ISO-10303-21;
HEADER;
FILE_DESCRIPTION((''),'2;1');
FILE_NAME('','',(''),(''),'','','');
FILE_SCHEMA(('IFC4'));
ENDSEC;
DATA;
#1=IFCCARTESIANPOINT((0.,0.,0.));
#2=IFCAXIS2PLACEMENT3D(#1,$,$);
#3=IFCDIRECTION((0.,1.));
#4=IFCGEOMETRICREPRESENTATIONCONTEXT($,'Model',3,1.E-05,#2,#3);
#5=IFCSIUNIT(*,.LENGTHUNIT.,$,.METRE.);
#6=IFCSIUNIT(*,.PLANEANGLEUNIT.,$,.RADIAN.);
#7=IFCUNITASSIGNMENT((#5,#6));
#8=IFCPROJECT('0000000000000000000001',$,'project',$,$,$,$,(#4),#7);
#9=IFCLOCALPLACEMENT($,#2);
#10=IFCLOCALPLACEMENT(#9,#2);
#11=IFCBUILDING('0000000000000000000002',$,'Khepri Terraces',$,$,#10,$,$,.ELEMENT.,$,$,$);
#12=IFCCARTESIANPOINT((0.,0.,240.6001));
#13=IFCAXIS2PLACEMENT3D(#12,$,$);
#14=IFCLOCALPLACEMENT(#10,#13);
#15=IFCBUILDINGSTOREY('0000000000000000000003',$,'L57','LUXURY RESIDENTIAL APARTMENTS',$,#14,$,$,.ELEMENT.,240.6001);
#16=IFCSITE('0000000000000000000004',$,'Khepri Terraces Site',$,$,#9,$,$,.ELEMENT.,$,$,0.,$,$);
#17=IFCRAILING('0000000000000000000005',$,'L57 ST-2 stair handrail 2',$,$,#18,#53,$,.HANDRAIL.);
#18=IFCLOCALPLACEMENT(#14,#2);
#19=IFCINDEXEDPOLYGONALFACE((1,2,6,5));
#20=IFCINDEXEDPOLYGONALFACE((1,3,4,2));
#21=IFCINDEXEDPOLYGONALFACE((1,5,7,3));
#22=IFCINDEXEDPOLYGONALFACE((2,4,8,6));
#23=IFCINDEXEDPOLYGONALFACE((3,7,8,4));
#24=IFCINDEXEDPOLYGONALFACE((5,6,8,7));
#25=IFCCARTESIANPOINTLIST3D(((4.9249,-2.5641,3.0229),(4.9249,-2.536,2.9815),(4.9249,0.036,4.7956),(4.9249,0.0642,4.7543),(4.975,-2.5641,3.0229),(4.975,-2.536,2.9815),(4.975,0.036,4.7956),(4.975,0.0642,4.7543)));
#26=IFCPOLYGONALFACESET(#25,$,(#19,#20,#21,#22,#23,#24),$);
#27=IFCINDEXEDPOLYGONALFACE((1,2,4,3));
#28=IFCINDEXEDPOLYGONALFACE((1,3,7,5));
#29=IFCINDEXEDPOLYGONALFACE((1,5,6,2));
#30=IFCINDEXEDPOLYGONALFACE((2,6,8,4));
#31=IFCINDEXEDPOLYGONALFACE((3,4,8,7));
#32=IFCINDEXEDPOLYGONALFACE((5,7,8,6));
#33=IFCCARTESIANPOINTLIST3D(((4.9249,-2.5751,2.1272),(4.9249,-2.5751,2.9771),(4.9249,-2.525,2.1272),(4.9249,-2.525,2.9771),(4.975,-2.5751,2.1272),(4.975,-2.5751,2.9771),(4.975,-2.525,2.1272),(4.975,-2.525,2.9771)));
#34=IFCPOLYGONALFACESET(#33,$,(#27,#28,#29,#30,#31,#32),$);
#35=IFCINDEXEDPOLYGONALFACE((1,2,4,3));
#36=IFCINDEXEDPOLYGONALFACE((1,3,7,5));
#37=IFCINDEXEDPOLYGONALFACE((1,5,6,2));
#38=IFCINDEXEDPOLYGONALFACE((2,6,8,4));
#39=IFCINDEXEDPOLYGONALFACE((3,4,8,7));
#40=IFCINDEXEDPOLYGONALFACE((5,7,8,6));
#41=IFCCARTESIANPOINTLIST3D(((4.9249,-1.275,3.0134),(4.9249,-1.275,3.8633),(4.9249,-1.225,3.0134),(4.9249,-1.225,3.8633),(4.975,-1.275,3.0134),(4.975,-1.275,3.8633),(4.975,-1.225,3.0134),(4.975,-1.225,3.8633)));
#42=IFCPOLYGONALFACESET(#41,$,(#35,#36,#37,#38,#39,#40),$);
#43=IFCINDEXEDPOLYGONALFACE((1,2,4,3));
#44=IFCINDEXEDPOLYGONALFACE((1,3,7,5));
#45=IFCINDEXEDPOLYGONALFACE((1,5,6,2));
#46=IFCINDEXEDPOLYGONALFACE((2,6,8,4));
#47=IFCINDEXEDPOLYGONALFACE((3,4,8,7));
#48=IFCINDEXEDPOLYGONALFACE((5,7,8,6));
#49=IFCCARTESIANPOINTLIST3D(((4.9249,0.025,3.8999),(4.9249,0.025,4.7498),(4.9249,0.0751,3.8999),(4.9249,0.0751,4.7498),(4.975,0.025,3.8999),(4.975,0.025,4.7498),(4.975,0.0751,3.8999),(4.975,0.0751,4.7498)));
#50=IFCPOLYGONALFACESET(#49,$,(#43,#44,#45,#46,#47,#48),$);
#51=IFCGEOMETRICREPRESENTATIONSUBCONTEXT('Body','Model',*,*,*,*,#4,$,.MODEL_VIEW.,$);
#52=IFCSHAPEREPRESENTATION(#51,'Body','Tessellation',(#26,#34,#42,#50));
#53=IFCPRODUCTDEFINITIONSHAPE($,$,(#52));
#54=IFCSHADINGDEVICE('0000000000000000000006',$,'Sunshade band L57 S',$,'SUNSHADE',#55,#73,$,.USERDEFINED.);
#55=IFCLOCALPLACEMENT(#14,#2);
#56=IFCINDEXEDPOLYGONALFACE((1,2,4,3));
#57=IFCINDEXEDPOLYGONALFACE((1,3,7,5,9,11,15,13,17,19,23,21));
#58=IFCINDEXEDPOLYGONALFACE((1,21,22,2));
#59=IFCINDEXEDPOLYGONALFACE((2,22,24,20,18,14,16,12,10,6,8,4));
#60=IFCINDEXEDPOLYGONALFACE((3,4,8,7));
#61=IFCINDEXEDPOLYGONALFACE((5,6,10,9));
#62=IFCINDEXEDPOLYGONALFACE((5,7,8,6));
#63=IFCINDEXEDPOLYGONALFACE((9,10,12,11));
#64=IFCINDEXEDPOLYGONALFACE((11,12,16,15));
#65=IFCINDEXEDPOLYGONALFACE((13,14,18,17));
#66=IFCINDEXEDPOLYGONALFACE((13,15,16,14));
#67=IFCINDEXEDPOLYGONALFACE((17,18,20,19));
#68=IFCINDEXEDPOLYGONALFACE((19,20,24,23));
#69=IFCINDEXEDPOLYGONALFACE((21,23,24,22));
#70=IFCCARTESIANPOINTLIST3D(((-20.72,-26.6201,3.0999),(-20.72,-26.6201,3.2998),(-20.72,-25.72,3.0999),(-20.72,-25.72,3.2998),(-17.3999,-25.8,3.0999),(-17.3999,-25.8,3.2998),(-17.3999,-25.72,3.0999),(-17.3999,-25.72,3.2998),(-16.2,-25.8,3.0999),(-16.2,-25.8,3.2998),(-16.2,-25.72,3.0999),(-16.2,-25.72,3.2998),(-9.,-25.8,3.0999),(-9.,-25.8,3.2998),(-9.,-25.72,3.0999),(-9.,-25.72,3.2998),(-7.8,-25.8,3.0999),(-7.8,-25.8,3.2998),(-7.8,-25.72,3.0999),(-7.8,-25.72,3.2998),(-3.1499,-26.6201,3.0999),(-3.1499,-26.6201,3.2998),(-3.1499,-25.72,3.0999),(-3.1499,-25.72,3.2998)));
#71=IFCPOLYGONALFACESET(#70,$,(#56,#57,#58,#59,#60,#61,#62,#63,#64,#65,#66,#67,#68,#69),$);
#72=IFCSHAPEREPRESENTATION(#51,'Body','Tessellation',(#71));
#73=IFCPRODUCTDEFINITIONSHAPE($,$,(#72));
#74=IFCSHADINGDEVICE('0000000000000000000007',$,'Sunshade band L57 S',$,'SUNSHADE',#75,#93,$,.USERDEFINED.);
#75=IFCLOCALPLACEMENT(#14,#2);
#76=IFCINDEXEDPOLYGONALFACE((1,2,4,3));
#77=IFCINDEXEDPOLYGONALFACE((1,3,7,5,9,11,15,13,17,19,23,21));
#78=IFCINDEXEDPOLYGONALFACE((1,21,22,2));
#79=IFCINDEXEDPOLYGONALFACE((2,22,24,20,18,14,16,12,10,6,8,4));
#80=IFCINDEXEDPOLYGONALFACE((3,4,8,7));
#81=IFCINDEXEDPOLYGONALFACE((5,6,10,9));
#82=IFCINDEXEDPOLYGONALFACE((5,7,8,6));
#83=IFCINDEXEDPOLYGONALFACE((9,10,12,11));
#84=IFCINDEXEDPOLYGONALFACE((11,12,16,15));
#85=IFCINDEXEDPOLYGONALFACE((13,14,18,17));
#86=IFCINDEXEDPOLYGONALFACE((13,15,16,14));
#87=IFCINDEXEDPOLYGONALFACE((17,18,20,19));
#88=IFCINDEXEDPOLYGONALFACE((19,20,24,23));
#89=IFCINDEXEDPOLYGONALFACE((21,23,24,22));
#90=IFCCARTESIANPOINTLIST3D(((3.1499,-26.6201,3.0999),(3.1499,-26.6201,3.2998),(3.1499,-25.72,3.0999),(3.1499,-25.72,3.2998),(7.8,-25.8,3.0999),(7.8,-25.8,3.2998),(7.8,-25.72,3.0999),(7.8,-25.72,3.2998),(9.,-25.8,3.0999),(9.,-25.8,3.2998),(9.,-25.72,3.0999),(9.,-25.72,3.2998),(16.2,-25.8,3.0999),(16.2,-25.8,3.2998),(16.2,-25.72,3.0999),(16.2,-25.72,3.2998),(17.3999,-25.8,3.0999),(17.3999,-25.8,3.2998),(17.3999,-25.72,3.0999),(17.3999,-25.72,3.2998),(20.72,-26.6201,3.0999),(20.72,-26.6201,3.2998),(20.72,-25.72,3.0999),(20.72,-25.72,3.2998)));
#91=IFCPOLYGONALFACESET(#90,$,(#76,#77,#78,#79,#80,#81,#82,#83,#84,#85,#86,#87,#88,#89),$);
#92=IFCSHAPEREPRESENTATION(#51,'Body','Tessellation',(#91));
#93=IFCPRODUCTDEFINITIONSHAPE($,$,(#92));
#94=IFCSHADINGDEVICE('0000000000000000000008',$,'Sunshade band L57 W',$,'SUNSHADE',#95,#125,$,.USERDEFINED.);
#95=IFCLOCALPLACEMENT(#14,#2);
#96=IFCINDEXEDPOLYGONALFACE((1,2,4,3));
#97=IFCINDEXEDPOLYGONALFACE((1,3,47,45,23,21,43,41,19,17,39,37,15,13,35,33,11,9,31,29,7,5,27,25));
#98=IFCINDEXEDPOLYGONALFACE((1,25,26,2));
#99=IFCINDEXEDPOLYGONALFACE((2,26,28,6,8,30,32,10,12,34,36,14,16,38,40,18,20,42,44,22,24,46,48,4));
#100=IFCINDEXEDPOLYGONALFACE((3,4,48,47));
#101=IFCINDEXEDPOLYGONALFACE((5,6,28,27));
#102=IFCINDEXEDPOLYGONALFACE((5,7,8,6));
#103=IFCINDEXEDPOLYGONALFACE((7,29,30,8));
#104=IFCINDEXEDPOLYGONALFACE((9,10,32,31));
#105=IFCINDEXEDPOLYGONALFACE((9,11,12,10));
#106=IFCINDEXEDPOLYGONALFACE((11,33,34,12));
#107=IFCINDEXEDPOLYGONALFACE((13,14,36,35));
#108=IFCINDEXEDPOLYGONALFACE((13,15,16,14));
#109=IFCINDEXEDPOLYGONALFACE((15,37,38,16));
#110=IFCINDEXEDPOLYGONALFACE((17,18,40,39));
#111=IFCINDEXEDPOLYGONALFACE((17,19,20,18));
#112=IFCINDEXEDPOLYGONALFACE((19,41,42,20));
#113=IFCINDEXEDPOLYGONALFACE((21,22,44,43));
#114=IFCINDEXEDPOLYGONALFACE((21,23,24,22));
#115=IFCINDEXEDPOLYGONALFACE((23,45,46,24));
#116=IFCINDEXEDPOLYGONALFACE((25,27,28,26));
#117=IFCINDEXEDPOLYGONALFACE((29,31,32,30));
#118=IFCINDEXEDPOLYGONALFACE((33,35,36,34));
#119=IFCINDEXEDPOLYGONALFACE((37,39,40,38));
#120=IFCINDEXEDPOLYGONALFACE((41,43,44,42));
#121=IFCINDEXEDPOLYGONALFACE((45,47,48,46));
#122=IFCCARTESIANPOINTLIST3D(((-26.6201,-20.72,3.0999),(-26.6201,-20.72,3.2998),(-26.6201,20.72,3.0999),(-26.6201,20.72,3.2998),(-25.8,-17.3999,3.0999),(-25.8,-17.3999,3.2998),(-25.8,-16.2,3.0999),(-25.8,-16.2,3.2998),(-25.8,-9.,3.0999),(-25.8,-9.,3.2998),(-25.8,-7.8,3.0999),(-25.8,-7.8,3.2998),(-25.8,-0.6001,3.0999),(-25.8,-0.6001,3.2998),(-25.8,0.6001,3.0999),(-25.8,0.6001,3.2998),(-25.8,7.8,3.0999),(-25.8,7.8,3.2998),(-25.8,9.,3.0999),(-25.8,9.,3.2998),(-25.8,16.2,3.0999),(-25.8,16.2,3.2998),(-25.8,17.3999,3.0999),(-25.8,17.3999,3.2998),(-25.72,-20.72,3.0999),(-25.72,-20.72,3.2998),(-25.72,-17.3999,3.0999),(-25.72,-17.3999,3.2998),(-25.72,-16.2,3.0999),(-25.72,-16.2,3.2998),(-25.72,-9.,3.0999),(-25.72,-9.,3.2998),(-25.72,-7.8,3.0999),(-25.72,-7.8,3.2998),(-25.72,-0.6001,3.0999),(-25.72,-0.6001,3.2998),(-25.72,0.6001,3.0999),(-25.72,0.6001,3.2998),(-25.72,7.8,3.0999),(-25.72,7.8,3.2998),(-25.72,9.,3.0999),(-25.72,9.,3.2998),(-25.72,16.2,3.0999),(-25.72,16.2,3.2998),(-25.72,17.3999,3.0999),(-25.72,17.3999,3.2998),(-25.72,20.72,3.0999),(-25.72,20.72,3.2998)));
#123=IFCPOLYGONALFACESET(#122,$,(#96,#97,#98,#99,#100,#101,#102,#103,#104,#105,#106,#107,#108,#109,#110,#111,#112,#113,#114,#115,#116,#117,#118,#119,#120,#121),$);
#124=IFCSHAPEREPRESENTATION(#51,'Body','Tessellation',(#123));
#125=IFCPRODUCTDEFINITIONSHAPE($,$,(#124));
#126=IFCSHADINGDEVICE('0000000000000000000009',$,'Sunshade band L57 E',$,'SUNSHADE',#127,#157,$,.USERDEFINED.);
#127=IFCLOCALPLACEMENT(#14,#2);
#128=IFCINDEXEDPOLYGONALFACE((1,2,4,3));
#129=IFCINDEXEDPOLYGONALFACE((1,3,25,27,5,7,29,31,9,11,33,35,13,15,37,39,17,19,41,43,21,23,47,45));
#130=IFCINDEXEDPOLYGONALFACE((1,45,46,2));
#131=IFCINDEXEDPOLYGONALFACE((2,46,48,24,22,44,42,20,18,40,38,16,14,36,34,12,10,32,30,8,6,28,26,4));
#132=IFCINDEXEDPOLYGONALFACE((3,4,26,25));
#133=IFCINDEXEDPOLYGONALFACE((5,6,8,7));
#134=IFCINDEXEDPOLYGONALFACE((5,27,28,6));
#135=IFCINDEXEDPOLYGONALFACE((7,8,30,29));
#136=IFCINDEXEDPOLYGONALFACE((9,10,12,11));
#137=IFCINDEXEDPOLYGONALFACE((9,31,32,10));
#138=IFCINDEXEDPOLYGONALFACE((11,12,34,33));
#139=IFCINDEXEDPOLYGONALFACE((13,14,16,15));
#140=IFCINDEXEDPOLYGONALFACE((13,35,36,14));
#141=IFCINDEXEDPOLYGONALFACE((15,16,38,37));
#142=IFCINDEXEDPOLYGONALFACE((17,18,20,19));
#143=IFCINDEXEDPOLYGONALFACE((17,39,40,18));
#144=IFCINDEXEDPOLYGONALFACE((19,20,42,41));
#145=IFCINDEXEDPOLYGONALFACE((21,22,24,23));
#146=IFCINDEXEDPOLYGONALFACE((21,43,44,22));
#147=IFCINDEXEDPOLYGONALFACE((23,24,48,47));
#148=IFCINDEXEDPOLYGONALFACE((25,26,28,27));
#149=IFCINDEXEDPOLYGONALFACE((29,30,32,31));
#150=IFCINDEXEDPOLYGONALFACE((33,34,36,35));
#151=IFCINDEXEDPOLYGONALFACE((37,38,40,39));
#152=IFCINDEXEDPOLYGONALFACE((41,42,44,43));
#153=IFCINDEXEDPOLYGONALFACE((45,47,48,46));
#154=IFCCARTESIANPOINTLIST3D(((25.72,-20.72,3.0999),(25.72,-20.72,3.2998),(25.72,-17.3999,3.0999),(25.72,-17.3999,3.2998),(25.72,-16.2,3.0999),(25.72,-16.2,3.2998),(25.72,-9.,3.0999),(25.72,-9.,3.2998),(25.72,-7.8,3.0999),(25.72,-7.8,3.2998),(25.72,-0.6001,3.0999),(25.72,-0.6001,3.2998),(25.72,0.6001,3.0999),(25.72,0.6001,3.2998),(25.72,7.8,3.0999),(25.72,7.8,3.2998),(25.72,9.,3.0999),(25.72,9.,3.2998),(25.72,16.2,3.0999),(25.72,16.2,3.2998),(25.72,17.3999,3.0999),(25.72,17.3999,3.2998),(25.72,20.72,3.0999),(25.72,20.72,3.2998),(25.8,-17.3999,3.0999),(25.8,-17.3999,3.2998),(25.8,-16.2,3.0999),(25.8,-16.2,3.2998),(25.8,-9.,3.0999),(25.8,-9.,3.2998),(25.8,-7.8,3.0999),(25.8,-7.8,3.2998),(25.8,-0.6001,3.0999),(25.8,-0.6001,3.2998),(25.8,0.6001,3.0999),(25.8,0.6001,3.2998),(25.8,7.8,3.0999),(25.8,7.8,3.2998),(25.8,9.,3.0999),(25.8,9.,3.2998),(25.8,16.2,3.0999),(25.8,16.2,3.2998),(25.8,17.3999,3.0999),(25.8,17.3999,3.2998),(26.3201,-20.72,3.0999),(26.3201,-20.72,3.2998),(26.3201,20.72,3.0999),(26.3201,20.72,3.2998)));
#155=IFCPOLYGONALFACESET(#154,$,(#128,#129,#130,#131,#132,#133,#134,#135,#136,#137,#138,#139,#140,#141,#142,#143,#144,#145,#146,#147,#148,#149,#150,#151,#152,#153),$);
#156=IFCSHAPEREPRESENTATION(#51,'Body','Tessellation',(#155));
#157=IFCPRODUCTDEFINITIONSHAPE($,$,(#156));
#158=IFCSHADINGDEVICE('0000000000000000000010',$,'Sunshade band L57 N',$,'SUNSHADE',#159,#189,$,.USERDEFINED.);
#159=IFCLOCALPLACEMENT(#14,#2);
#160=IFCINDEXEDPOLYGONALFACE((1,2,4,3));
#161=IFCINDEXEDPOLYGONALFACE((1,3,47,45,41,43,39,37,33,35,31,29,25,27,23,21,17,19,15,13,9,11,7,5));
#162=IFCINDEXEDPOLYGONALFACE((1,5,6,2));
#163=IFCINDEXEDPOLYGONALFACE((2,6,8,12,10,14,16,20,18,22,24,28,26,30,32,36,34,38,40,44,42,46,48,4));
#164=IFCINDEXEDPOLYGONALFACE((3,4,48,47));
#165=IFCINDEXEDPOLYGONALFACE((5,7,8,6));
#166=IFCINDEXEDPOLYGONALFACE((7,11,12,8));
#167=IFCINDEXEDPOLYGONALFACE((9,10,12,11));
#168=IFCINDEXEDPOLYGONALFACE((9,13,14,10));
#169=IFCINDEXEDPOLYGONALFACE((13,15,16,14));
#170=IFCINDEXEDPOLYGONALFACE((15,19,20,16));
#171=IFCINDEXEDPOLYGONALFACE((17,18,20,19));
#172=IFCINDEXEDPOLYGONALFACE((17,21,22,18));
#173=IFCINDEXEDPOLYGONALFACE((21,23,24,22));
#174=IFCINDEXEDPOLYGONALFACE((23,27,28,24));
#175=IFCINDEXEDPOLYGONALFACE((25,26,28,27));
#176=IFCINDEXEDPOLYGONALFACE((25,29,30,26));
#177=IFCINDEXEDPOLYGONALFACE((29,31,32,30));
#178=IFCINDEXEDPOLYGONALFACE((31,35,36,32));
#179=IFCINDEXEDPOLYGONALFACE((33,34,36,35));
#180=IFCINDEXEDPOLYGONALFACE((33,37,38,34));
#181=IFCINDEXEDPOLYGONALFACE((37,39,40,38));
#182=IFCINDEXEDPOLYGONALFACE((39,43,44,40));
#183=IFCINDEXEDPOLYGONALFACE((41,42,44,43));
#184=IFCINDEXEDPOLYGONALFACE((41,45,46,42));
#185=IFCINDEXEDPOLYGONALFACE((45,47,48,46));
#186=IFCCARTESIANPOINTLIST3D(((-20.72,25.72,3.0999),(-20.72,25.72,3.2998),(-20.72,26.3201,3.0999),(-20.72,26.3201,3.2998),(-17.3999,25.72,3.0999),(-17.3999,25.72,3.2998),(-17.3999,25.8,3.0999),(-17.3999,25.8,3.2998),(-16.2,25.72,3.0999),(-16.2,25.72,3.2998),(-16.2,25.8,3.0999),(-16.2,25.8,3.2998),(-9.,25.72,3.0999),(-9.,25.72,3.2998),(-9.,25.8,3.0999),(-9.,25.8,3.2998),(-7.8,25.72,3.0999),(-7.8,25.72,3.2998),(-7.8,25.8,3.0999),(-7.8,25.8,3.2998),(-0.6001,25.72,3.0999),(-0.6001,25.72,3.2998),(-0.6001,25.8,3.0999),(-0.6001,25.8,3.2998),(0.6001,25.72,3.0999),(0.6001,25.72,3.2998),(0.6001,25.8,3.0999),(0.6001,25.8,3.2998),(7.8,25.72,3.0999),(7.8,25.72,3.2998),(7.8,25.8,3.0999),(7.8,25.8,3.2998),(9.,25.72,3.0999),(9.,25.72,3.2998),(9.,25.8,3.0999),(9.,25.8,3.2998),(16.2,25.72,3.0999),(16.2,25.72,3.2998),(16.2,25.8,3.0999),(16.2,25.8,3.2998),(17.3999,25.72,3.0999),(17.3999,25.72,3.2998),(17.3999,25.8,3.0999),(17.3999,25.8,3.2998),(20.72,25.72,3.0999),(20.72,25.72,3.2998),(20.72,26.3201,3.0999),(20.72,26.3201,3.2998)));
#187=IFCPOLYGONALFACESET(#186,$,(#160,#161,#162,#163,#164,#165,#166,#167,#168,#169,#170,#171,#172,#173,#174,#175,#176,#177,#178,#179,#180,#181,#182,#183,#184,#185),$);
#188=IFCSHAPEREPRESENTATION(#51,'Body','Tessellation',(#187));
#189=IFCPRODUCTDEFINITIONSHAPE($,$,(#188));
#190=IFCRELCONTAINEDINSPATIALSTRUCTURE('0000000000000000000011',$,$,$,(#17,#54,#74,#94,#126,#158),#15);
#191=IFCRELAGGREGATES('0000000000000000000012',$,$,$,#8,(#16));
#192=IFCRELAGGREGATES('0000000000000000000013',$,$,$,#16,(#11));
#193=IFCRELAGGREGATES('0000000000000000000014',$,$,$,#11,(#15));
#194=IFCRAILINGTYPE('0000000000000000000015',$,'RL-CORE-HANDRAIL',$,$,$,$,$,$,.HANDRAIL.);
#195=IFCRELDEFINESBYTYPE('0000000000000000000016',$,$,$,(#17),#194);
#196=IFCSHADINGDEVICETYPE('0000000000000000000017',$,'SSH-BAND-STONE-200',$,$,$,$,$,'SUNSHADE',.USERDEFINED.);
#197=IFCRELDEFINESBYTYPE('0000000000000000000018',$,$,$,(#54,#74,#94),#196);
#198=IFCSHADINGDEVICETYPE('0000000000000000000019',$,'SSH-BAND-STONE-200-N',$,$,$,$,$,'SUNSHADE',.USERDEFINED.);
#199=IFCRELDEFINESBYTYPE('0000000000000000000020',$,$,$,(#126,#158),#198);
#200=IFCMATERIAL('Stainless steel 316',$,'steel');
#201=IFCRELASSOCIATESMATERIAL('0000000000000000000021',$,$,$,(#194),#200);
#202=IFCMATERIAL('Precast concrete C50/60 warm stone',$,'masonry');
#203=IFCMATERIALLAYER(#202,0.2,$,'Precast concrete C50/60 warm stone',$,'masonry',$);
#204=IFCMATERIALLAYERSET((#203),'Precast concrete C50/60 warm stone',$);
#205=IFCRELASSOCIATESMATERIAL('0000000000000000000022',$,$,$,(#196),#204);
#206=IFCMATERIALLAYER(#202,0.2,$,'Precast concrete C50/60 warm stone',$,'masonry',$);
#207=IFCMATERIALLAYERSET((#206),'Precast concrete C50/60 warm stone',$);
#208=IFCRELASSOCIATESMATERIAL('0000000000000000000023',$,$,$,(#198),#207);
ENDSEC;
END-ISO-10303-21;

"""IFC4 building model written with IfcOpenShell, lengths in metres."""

from ifc_helpers import new_model, si_unit, direction, frame, origin, origin_2d, place, context, subcontext, project, spatial, polyline, rectangle, outline, extrude, material, layer, layer_set, type_object, element, save


model = new_model("IFC4")

# Units and contexts
model_context = context("Model", 3, precision=1e-05, world=origin(), true_north=direction((0.0, 1.0)))
body_context = subcontext(model_context, "Body", "Model", "MODEL_VIEW")
ifc_project = project(units=[si_unit("LENGTHUNIT", "METRE"), si_unit("PLANEANGLEUNIT", "RADIAN")], contexts=[model_context])

# Site, building, storey
site_placement = place(None, origin())
site = spatial("IfcSite", under=ifc_project, at=site_placement, Name="Khepri Terraces Site", CompositionType="ELEMENT", RefElevation=0.0)
building_placement = place(site_placement, origin())
building = spatial("IfcBuilding", under=site, at=building_placement, Name="Khepri Terraces", CompositionType="ELEMENT")
storey_placement = place(building_placement, frame((0.0, 0.0, 240.6001)))
storey = spatial("IfcBuildingStorey", under=building, at=storey_placement, Name="L57", Description="LUXURY RESIDENTIAL APARTMENTS", CompositionType="ELEMENT", Elevation=240.6001)

# Shared definitions
ifc_material_1 = material(Name="Precast concrete C50/60 warm stone", Category="masonry")

# Railing
ifc_material_2 = material(Name="Stainless steel 316", Category="steel")
railing_type_1 = type_object("IfcRailingType", Name="RL-CORE-HANDRAIL", PredefinedType="HANDRAIL", material=ifc_material_2)
railing_1_placement = place(storey_placement, frame((4.95, -2.55, 2.1272)))
element("IfcRailing", 1, at=railing_1_placement, inside=storey, type_object=railing_type_1, Name="L57 ST-2 stair handrail 2", PredefinedType="HANDRAIL", context=body_context, shape_type="SweptSolid", body=[
    extrude(rectangle(XDim=0.05, YDim=0.05, at=origin_2d()), frame((0.0, 0.0, 0.875), z_axis=(0.0, 0.82624, 0.563318), x_axis=(-1.0, 0.0, 0.0)), (0.0, 0.0, 1.0), 3.147),
    extrude(rectangle(XDim=0.05, YDim=0.05, at=origin_2d()), origin(), (0.0, 0.0, 1.0), 0.8499),
    extrude(rectangle(XDim=0.05, YDim=0.05, at=origin_2d()), frame((0.0, 1.3, 0.8862)), (0.0, 0.0, 1.0), 0.8499),
    extrude(rectangle(XDim=0.05, YDim=0.05, at=origin_2d()), frame((0.0, 2.6001, 1.7727)), (0.0, 0.0, 1.0), 0.8499),
])

# Shading devices
ifc_layer_1 = layer(ifc_material_1, 0.2, Name="Precast concrete C50/60 warm stone", Category="masonry")
ifc_layer_set_1 = layer_set([ifc_layer_1], Name="Precast concrete C50/60 warm stone")
shading_device_type_1 = type_object("IfcShadingDeviceType", Name="SSH-BAND-STONE-200", ElementType="SUNSHADE", PredefinedType="USERDEFINED", material=ifc_layer_set_1)
shading_device_1_placement = place(storey_placement, frame((0.0, 0.0, 3.0999)))
element("IfcShadingDevice", 2, at=shading_device_1_placement, inside=storey, type_object=shading_device_type_1, Name="Sunshade band L57 S", ObjectType="SUNSHADE", PredefinedType="USERDEFINED", context=body_context, shape_type="SweptSolid", body=[
    extrude(outline(polyline([(-17.3999, -25.72), (-20.72, -25.72), (-20.72, -26.6201), (-3.1499, -26.6201), (-3.1499, -25.72), (-7.8, -25.72), (-7.8, -25.8), (-9.0, -25.8), (-9.0, -25.72), (-16.2, -25.72), (-16.2, -25.8), (-17.3999, -25.8), (-17.3999, -25.72)])), origin(), (0.0, 0.0, 1.0), 0.2),
])
shading_device_2_placement = place(storey_placement, frame((0.0, 0.0, 3.0999)))
element("IfcShadingDevice", 3, at=shading_device_2_placement, inside=storey, type_object=shading_device_type_1, Name="Sunshade band L57 S", ObjectType="SUNSHADE", PredefinedType="USERDEFINED", context=body_context, shape_type="SweptSolid", body=[
    extrude(outline(polyline([(7.8, -25.72), (3.1499, -25.72), (3.1499, -26.6201), (20.72, -26.6201), (20.72, -25.72), (17.3999, -25.72), (17.3999, -25.8), (16.2, -25.8), (16.2, -25.72), (9.0, -25.72), (9.0, -25.8), (7.8, -25.8), (7.8, -25.72)])), origin(), (0.0, 0.0, 1.0), 0.2),
])
shading_device_3_placement = place(storey_placement, frame((0.0, 0.0, 3.0999)))
element("IfcShadingDevice", 4, at=shading_device_3_placement, inside=storey, type_object=shading_device_type_1, Name="Sunshade band L57 W", ObjectType="SUNSHADE", PredefinedType="USERDEFINED", context=body_context, shape_type="SweptSolid", body=[
    extrude(outline(polyline([(-25.72, 17.3999), (-25.72, 20.72), (-26.6201, 20.72), (-26.6201, -20.72), (-25.72, -20.72), (-25.72, -17.3999), (-25.8, -17.3999), (-25.8, -16.2), (-25.72, -16.2), (-25.72, -9.0), (-25.8, -9.0), (-25.8, -7.8), (-25.72, -7.8), (-25.72, -0.6001), (-25.8, -0.6001), (-25.8, 0.6001), (-25.72, 0.6001), (-25.72, 7.8), (-25.8, 7.8), (-25.8, 9.0), (-25.72, 9.0), (-25.72, 16.2), (-25.8, 16.2), (-25.8, 17.3999), (-25.72, 17.3999)])), origin(), (0.0, 0.0, 1.0), 0.2),
])
ifc_layer_2 = layer(ifc_material_1, 0.2, Name="Precast concrete C50/60 warm stone", Category="masonry")
ifc_layer_set_2 = layer_set([ifc_layer_2], Name="Precast concrete C50/60 warm stone")
shading_device_type_2 = type_object("IfcShadingDeviceType", Name="SSH-BAND-STONE-200-N", ElementType="SUNSHADE", PredefinedType="USERDEFINED", material=ifc_layer_set_2)
shading_device_4_placement = place(storey_placement, frame((0.0, 0.0, 3.0999)))
element("IfcShadingDevice", 5, at=shading_device_4_placement, inside=storey, type_object=shading_device_type_2, Name="Sunshade band L57 E", ObjectType="SUNSHADE", PredefinedType="USERDEFINED", context=body_context, shape_type="SweptSolid", body=[
    extrude(outline(polyline([(25.72, -17.3999), (25.72, -20.72), (26.3201, -20.72), (26.3201, 20.72), (25.72, 20.72), (25.72, 17.3999), (25.8, 17.3999), (25.8, 16.2), (25.72, 16.2), (25.72, 9.0), (25.8, 9.0), (25.8, 7.8), (25.72, 7.8), (25.72, 0.6001), (25.8, 0.6001), (25.8, -0.6001), (25.72, -0.6001), (25.72, -7.8), (25.8, -7.8), (25.8, -9.0), (25.72, -9.0), (25.72, -16.2), (25.8, -16.2), (25.8, -17.3999), (25.72, -17.3999)])), origin(), (0.0, 0.0, 1.0), 0.2),
])
shading_device_5_placement = place(storey_placement, frame((0.0, 0.0, 3.0999)))
element("IfcShadingDevice", 6, at=shading_device_5_placement, inside=storey, type_object=shading_device_type_2, Name="Sunshade band L57 N", ObjectType="SUNSHADE", PredefinedType="USERDEFINED", context=body_context, shape_type="SweptSolid", body=[
    extrude(outline(polyline([(17.3999, 25.72), (20.72, 25.72), (20.72, 26.3201), (-20.72, 26.3201), (-20.72, 25.72), (-17.3999, 25.72), (-17.3999, 25.8), (-16.2, 25.8), (-16.2, 25.72), (-9.0, 25.72), (-9.0, 25.8), (-7.8, 25.8), (-7.8, 25.72), (-0.6001, 25.72), (-0.6001, 25.8), (0.6001, 25.8), (0.6001, 25.72), (7.8, 25.72), (7.8, 25.8), (9.0, 25.8), (9.0, 25.72), (16.2, 25.72), (16.2, 25.8), (17.3999, 25.8), (17.3999, 25.72)])), origin(), (0.0, 0.0, 1.0), 0.2),
])

save(model, "model.ifc")
